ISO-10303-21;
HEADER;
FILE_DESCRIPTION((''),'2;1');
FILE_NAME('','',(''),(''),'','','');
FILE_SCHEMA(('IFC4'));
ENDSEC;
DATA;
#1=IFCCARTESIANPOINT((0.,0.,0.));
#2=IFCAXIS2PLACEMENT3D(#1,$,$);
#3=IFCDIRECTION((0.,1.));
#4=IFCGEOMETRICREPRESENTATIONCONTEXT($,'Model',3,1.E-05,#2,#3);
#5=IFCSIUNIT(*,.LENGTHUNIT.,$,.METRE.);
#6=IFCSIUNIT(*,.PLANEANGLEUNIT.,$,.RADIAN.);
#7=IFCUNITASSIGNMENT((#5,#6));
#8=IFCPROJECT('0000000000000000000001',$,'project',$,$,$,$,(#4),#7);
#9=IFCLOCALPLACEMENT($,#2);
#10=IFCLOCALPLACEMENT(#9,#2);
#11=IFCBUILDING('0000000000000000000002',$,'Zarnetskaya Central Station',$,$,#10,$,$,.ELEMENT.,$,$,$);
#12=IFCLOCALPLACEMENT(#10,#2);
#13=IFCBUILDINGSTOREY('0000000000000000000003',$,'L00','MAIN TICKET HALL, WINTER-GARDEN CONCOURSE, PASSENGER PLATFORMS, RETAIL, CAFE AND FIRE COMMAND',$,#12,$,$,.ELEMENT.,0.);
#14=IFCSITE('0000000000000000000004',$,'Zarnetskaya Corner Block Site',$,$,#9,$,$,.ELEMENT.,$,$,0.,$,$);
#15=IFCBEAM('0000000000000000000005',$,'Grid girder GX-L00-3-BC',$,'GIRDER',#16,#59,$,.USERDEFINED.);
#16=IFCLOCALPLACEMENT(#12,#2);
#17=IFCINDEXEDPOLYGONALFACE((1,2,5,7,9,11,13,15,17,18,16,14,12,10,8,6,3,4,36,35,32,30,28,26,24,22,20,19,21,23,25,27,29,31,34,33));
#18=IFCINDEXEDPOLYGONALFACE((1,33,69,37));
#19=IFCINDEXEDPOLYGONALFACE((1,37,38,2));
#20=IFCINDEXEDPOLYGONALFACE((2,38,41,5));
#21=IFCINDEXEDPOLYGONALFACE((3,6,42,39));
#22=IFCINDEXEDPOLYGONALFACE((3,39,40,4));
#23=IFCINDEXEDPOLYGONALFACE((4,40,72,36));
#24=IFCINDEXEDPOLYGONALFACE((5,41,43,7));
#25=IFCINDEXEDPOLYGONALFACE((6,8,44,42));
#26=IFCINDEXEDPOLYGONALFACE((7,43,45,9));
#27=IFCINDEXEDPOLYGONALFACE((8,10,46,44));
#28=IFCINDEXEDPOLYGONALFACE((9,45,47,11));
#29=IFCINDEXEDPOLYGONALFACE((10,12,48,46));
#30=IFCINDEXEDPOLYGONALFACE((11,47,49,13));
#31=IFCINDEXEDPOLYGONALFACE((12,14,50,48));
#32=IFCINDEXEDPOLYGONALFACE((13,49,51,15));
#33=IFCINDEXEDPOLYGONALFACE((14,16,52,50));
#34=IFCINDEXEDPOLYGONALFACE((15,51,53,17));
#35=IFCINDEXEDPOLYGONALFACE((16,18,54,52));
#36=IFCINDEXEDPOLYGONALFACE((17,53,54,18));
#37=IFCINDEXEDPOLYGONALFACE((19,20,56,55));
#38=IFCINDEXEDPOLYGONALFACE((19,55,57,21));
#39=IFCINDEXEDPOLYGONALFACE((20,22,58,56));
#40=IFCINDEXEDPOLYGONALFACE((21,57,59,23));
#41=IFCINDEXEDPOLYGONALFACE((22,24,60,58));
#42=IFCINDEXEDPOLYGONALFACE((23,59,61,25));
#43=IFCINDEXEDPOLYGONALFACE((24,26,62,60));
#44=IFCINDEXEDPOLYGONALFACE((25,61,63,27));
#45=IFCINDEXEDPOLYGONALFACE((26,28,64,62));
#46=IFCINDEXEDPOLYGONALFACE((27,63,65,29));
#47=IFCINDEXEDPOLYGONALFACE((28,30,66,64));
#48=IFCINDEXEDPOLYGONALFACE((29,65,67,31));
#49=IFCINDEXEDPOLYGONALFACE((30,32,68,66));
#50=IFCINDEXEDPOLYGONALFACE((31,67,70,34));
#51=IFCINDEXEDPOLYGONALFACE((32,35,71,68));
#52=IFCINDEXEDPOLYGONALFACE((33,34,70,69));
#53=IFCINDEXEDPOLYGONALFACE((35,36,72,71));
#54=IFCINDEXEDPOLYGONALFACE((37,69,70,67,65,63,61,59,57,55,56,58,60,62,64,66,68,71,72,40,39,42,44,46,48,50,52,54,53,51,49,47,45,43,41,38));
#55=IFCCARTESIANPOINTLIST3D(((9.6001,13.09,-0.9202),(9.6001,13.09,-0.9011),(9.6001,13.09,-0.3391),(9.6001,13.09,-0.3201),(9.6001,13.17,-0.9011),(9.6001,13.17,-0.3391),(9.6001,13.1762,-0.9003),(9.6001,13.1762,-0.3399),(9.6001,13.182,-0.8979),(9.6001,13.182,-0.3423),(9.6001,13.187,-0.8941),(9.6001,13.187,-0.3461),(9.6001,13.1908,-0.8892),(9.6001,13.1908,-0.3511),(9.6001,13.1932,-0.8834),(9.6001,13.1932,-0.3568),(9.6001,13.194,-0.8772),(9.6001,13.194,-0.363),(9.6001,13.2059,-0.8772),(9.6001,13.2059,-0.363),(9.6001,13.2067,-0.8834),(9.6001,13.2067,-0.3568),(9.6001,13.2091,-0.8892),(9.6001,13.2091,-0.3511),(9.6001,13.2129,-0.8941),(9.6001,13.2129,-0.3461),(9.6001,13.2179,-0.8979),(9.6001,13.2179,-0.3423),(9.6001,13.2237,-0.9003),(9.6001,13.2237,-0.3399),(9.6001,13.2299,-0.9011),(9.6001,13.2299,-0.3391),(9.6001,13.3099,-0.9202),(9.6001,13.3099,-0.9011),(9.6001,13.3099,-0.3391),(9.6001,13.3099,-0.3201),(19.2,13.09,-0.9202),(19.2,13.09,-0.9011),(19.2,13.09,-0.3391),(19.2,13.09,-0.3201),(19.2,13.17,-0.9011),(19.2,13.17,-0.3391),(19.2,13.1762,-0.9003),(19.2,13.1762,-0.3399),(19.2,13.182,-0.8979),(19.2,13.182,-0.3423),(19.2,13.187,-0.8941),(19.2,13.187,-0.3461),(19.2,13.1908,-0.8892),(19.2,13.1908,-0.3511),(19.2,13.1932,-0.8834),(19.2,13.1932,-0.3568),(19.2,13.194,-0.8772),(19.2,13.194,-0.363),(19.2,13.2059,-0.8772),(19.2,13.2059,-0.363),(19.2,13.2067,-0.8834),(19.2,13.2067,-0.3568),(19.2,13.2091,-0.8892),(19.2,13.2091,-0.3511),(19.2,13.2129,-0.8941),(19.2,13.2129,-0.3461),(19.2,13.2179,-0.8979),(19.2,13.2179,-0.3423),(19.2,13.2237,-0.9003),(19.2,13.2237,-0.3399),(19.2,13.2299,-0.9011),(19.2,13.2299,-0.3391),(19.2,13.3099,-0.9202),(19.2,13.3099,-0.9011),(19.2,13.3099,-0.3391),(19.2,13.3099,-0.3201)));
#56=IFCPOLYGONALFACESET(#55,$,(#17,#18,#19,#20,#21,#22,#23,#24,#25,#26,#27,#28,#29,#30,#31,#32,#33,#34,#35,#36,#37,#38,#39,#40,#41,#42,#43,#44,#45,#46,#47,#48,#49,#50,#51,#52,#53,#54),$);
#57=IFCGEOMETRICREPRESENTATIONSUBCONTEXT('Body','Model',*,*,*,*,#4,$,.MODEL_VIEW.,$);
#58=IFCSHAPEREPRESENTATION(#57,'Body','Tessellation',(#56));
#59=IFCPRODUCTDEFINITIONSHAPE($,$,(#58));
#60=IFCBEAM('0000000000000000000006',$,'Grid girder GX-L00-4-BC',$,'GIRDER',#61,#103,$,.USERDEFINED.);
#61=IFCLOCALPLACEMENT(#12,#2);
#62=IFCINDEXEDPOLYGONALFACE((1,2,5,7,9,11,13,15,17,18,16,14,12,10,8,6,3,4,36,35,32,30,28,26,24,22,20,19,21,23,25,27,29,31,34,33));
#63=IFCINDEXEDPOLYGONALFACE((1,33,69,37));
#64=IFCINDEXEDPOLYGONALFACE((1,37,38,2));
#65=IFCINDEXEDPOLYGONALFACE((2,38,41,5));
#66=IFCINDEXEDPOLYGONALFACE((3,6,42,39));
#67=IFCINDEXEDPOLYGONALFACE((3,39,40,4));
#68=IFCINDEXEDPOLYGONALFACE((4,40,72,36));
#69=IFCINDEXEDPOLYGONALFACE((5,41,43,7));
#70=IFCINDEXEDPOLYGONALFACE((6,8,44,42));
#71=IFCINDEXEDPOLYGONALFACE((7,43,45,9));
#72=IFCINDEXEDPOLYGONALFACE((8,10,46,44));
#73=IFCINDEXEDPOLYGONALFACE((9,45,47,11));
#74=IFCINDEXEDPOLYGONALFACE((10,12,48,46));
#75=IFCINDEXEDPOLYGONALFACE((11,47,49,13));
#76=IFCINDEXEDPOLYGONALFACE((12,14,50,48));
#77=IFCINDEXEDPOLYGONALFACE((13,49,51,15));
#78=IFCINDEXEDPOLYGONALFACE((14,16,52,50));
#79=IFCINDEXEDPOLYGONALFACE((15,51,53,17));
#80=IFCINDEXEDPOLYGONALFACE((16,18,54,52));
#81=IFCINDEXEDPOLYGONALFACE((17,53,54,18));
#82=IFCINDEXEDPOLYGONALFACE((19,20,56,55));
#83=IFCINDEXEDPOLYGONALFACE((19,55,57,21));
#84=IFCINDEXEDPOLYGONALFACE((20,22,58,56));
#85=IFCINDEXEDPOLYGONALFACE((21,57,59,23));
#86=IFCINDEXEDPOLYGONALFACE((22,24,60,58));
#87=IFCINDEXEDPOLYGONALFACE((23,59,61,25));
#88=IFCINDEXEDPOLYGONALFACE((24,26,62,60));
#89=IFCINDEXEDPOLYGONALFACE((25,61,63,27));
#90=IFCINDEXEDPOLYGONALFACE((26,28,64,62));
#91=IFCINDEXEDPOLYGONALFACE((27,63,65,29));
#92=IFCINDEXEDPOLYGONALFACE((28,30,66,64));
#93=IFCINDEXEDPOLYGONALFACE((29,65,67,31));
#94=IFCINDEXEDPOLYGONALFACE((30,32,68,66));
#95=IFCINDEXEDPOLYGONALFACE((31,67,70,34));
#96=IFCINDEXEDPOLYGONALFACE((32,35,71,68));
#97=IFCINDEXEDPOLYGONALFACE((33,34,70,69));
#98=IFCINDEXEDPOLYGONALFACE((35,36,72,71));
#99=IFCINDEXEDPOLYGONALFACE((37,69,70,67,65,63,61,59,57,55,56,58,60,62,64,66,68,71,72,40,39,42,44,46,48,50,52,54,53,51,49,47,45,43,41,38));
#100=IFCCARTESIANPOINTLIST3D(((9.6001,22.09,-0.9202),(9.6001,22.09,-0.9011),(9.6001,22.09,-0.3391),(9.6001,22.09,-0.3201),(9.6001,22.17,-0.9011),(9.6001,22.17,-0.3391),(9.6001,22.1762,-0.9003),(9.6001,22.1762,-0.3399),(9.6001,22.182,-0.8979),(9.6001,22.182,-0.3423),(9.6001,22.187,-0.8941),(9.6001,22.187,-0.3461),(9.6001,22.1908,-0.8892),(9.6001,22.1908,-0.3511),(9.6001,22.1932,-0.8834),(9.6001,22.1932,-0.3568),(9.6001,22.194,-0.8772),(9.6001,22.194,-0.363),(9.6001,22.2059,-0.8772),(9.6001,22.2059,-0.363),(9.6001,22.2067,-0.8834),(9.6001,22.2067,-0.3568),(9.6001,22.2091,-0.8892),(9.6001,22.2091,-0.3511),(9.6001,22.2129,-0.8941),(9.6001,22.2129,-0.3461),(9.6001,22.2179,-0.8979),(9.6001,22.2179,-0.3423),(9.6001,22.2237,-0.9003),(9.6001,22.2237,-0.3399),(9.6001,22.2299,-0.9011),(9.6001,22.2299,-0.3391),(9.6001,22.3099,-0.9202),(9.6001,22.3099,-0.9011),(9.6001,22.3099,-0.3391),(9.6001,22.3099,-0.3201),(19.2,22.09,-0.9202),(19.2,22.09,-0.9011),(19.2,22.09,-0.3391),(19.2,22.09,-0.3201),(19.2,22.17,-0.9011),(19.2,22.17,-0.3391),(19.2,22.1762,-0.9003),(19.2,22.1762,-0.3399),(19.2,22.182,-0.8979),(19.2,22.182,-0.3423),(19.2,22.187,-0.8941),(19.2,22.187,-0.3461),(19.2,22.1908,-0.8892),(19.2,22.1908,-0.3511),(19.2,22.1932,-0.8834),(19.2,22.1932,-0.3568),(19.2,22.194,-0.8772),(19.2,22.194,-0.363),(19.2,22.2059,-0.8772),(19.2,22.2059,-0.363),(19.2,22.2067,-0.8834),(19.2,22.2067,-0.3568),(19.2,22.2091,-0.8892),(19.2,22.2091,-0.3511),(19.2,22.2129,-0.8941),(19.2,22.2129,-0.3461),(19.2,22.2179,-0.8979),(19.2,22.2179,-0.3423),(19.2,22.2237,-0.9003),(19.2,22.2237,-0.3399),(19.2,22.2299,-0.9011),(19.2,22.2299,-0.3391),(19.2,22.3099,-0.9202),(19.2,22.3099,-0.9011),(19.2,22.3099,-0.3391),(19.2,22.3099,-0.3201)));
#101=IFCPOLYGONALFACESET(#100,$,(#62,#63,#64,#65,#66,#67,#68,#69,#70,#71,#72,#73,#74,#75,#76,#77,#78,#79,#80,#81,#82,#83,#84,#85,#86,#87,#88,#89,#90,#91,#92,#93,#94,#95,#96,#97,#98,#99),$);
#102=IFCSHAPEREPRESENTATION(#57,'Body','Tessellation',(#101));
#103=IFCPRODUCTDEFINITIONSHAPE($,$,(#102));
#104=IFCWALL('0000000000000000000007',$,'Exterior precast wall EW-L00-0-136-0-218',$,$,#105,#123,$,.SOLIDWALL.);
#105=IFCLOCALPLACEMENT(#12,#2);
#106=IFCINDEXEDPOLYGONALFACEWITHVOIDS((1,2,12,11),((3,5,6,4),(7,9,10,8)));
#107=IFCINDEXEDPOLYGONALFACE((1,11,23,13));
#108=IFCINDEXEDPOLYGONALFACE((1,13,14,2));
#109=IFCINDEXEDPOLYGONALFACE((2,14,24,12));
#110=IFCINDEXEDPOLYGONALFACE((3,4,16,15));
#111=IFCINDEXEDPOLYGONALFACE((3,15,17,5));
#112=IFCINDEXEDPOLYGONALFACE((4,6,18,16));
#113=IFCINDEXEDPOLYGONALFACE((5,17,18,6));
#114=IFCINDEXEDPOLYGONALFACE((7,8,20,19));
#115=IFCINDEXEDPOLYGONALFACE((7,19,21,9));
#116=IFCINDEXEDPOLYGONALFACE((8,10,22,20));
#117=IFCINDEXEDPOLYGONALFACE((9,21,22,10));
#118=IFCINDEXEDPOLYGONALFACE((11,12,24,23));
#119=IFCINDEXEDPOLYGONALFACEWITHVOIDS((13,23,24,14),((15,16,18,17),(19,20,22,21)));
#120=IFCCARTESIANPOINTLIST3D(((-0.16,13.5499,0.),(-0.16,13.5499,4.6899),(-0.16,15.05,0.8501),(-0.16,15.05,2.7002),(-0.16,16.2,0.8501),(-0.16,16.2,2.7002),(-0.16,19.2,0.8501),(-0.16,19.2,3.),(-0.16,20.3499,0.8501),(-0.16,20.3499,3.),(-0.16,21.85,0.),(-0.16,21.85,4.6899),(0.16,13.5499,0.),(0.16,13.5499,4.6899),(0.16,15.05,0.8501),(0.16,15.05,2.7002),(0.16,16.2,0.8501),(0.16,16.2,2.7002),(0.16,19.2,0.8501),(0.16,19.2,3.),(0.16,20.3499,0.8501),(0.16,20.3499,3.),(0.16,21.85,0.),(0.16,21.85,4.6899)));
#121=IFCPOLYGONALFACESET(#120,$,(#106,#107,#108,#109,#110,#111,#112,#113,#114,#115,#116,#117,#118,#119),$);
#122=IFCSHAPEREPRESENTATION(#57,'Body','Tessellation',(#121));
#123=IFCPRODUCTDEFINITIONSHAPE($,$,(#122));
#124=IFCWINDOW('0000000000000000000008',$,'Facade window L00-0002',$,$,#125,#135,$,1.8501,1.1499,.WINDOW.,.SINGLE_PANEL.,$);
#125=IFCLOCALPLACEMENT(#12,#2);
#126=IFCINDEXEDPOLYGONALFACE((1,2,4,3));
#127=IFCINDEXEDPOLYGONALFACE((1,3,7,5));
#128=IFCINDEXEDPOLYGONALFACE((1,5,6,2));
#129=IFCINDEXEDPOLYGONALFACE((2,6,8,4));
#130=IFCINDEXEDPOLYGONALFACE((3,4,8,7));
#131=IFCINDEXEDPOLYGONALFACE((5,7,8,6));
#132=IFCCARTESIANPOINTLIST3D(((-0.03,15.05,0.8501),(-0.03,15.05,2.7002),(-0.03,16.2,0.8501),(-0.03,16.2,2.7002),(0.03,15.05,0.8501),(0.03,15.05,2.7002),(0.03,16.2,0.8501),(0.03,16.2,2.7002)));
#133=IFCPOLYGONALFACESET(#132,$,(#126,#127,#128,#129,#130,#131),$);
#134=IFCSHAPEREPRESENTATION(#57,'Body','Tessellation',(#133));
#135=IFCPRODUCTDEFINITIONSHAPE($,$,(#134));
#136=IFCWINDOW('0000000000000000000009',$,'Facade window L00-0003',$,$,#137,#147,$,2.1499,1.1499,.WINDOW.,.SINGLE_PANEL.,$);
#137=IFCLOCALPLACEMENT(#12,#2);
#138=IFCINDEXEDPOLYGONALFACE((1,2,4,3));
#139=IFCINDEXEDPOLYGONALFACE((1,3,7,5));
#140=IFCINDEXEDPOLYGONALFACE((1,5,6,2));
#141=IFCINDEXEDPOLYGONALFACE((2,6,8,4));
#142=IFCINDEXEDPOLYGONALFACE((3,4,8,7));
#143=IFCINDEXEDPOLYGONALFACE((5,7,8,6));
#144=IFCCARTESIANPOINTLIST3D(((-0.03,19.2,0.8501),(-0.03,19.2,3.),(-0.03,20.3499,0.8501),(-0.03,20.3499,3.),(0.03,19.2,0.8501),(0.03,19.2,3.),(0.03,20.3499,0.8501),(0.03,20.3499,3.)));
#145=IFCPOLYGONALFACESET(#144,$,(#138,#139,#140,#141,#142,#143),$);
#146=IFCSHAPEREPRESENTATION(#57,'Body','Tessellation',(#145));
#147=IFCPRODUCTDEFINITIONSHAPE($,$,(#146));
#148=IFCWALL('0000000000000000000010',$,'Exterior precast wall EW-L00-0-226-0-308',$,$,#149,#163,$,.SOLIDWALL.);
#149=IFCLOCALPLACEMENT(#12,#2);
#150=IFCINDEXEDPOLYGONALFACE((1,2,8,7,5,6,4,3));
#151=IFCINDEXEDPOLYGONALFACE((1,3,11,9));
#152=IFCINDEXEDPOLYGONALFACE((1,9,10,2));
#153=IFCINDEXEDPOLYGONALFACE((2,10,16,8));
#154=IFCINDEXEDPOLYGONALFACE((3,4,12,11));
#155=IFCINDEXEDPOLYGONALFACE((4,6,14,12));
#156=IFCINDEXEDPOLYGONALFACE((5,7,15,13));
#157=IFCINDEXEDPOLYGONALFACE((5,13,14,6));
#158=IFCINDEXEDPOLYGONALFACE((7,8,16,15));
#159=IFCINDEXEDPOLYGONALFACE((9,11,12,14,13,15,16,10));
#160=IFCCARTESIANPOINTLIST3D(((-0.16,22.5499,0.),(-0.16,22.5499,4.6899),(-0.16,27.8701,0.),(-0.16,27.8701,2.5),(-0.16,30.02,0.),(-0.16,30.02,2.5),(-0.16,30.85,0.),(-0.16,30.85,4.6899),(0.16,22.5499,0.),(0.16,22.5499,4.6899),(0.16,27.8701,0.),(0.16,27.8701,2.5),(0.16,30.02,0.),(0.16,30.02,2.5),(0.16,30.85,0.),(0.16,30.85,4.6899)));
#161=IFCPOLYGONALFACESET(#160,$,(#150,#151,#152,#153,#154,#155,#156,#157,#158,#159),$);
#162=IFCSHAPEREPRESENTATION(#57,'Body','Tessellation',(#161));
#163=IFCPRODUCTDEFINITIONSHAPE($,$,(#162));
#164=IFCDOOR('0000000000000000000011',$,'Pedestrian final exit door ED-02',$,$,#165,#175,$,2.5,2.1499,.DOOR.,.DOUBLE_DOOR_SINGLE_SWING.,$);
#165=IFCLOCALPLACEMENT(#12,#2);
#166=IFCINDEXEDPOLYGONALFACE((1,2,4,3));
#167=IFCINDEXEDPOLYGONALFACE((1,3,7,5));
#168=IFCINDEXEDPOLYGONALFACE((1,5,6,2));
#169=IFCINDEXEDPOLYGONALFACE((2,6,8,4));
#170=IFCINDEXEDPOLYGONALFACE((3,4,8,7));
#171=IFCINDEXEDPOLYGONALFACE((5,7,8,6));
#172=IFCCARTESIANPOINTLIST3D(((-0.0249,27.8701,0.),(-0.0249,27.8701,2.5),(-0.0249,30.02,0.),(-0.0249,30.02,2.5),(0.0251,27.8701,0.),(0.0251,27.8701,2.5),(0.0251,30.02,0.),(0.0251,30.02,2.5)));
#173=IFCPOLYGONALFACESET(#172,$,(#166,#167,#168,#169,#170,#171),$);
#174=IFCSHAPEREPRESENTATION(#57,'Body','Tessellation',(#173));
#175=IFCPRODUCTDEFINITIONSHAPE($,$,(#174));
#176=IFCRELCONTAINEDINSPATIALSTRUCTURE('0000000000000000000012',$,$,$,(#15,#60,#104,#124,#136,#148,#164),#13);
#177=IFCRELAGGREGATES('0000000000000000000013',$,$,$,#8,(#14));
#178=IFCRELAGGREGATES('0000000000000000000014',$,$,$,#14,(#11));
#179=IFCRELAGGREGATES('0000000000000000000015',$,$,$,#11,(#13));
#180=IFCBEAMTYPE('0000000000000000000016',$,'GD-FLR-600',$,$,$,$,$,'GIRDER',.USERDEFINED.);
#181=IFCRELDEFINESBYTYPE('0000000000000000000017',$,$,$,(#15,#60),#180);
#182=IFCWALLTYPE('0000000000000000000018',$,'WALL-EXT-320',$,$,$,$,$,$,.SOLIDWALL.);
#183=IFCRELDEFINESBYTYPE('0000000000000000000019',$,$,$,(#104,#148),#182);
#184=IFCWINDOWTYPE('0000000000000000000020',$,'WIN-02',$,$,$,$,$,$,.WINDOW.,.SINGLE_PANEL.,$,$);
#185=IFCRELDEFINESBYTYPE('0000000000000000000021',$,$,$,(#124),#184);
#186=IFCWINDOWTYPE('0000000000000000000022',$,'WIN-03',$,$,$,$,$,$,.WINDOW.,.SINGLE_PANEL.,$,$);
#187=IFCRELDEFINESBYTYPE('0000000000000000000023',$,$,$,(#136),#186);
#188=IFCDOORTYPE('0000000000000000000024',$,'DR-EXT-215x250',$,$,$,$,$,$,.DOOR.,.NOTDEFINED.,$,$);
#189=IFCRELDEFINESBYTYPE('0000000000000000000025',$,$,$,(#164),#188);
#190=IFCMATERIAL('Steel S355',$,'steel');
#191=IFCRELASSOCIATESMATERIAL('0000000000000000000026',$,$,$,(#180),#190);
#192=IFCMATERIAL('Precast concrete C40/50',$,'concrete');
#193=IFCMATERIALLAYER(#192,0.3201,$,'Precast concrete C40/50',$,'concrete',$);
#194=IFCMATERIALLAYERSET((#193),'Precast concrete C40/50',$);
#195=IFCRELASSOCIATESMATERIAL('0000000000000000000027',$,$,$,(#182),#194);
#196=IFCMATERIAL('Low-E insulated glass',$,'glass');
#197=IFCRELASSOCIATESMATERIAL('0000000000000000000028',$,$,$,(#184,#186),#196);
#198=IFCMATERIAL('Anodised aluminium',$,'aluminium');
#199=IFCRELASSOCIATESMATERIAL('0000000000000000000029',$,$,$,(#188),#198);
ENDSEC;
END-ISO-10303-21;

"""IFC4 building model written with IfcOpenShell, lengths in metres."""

from ifc_helpers import new_model, si_unit, direction, frame, frame_2d, origin, origin_2d, place, context, subcontext, project, spatial, rectangle, i_section, extrude, material, layer, layer_set, material_profile, profile_set, type_object, element, fill, save


model = new_model("IFC4")

# Units and contexts
model_context = context("Model", 3, precision=1e-05, world=origin(), true_north=direction((0.0, 1.0)))
body_context = subcontext(model_context, "Body", "Model", "MODEL_VIEW")
ifc_project = project(units=[si_unit("LENGTHUNIT", "METRE"), si_unit("PLANEANGLEUNIT", "RADIAN")], contexts=[model_context])

# Site, building, storey
site_placement = place(None, origin())
site = spatial("IfcSite", under=ifc_project, at=site_placement, Name="Zarnetskaya Corner Block Site", CompositionType="ELEMENT", RefElevation=0.0)
building_placement = place(site_placement, origin())
building = spatial("IfcBuilding", under=site, at=building_placement, Name="Zarnetskaya Central Station", CompositionType="ELEMENT")
storey_placement = place(building_placement, origin())
storey = spatial("IfcBuildingStorey", under=building, at=storey_placement, Name="L00", Description="MAIN TICKET HALL, WINTER-GARDEN CONCOURSE, PASSENGER PLATFORMS, RETAIL, CAFE AND FIRE COMMAND", CompositionType="ELEMENT", Elevation=0.0)

# Shared definitions
ifc_material_1 = material(Name="Steel S355", Category="steel")

# Beams
ifc_material_profile_1 = material_profile(ifc_material_1, i_section(OverallWidth=0.22, OverallDepth=0.6001, WebThickness=0.012, FlangeThickness=0.019, FilletRadius=0.0239, at=origin_2d()), Name="IPE 600")
ifc_profile_set_1 = profile_set([ifc_material_profile_1], Name="Steel S355")
beam_type_1 = type_object("IfcBeamType", Name="GD-FLR-600", ElementType="GIRDER", PredefinedType="USERDEFINED", material=ifc_profile_set_1)
for number, where, z_axis, x_axis, name in (
    (1, (9.6001, 13.2, -0.6201), (1.0, 0.0, 0.0), (0.0, 1.0, 0.0), "Grid girder GX-L00-3-BC"),
    (2, (9.6001, 22.2, -0.6201), (1.0, 0.0, 0.0), (0.0, 1.0, 0.0), "Grid girder GX-L00-4-BC"),
):
    element("IfcBeam", number, at=place(storey_placement, frame(where, z_axis=z_axis, x_axis=x_axis)), inside=storey, type_object=beam_type_1, Name=name, ObjectType="GIRDER", PredefinedType="USERDEFINED", context=body_context, shape_type="SweptSolid", body=[
        extrude(i_section(OverallWidth=0.22, OverallDepth=0.6001, WebThickness=0.012, FlangeThickness=0.019, FilletRadius=0.0239, at=origin_2d()), origin(), (0.0, 0.0, 1.0), 9.5999),
    ])

# Shared definitions
ifc_material_2 = material(Name="Anodised aluminium", Category="aluminium")

# Wall, openings, windows
ifc_material_3 = material(Name="Precast concrete C40/50", Category="concrete")
ifc_layer_1 = layer(ifc_material_3, 0.3201, Name="Precast concrete C40/50", Category="concrete")
ifc_layer_set_1 = layer_set([ifc_layer_1], Name="Precast concrete C40/50")
wall_type_1 = type_object("IfcWallType", Name="WALL-EXT-320", PredefinedType="SOLIDWALL", material=ifc_layer_set_1)
wall_1_placement = place(storey_placement, frame((0.0, 13.55, 0.0), z_axis=(0.0, 0.0, 1.0), x_axis=(0.0, 1.0, 0.0)))
wall_1 = element("IfcWall", 3, at=wall_1_placement, inside=storey, type_object=wall_type_1, Name="Exterior precast wall EW-L00-0-136-0-218", PredefinedType="SOLIDWALL", context=body_context, shape_type="SweptSolid", body=[
    extrude(rectangle(XDim=8.3, YDim=0.3201, at=frame_2d((4.1499, 0.0))), origin(), (0.0, 0.0, 1.0), 4.6899),
])
opening_1_placement = place(wall_1_placement, frame((1.5, 0.0, 0.8501)))
opening_1 = element("IfcOpeningElement", 4, at=opening_1_placement, cuts=wall_1, PredefinedType="OPENING", context=body_context, shape_type="SweptSolid", body=[
    extrude(rectangle(XDim=1.1499, YDim=1.8501, at=frame_2d((0.575, 0.925))), frame((0.0, 0.1699, 0.0), z_axis=(0.0, -1.0, 0.0), x_axis=(1.0, 0.0, 0.0)), (0.0, 0.0, 1.0), 0.3401),
])
opening_2_placement = place(wall_1_placement, frame((5.6499, 0.0, 0.8501)))
opening_2 = element("IfcOpeningElement", 5, at=opening_2_placement, cuts=wall_1, PredefinedType="OPENING", context=body_context, shape_type="SweptSolid", body=[
    extrude(rectangle(XDim=1.1499, YDim=2.1499, at=frame_2d((0.575, 1.075))), frame((0.0, 0.1699, 0.0), z_axis=(0.0, -1.0, 0.0), x_axis=(1.0, 0.0, 0.0)), (0.0, 0.0, 1.0), 0.3401),
])
ifc_material_4 = material(Name="Low-E insulated glass", Category="glass")
window_type_1 = type_object("IfcWindowType", Name="WIN-02", PartitioningType="SINGLE_PANEL", PredefinedType="WINDOW", material=ifc_material_4)
window_1_placement = place(opening_1_placement, origin())
window_1 = element("IfcWindow", 6, at=window_1_placement, inside=storey, type_object=window_type_1, Name="Facade window L00-0002", OverallHeight=1.8501, OverallWidth=1.1499, PartitioningType="SINGLE_PANEL", PredefinedType="WINDOW", context=body_context, shape_type="SweptSolid", body=[
    extrude(rectangle(XDim=1.1499, YDim=1.8501, at=frame_2d((0.575, 0.925))), frame((0.0, 0.03, 0.0), z_axis=(0.0, -1.0, 0.0), x_axis=(1.0, 0.0, 0.0)), (0.0, 0.0, 1.0), 0.0601),
])
fill(opening_1, window_1)
window_type_2 = type_object("IfcWindowType", Name="WIN-03", PartitioningType="SINGLE_PANEL", PredefinedType="WINDOW", material=ifc_material_4)
window_2_placement = place(opening_2_placement, origin())
window_2 = element("IfcWindow", 7, at=window_2_placement, inside=storey, type_object=window_type_2, Name="Facade window L00-0003", OverallHeight=2.1499, OverallWidth=1.1499, PartitioningType="SINGLE_PANEL", PredefinedType="WINDOW", context=body_context, shape_type="SweptSolid", body=[
    extrude(rectangle(XDim=1.1499, YDim=2.1499, at=frame_2d((0.575, 1.075))), frame((0.0, 0.03, 0.0), z_axis=(0.0, -1.0, 0.0), x_axis=(1.0, 0.0, 0.0)), (0.0, 0.0, 1.0), 0.0601),
])
fill(opening_2, window_2)

# Wall, opening, door
wall_2_placement = place(storey_placement, frame((0.0, 22.55, 0.0), z_axis=(0.0, 0.0, 1.0), x_axis=(0.0, 1.0, 0.0)))
wall_2 = element("IfcWall", 8, at=wall_2_placement, inside=storey, type_object=wall_type_1, Name="Exterior precast wall EW-L00-0-226-0-308", PredefinedType="SOLIDWALL", context=body_context, shape_type="SweptSolid", body=[
    extrude(rectangle(XDim=8.3, YDim=0.3201, at=frame_2d((4.1499, 0.0))), origin(), (0.0, 0.0, 1.0), 4.6899),
])
opening_3_placement = place(wall_2_placement, frame((5.3201, 0.0, 0.0)))
opening_3 = element("IfcOpeningElement", 9, at=opening_3_placement, cuts=wall_2, PredefinedType="OPENING", context=body_context, shape_type="SweptSolid", body=[
    extrude(rectangle(XDim=2.1499, YDim=2.5, at=frame_2d((1.075, 1.25))), frame((0.0, 0.1699, 0.0), z_axis=(0.0, -1.0, 0.0), x_axis=(1.0, 0.0, 0.0)), (0.0, 0.0, 1.0), 0.3401),
])
door_type_1 = type_object("IfcDoorType", Name="DR-EXT-215x250", OperationType="NOTDEFINED", PredefinedType="DOOR", material=ifc_material_2)
door_1_placement = place(opening_3_placement, origin())
door_1 = element("IfcDoor", 10, at=door_1_placement, inside=storey, type_object=door_type_1, Name="Pedestrian final exit door ED-02", OperationType="DOUBLE_DOOR_SINGLE_SWING", OverallHeight=2.5, OverallWidth=2.1499, PredefinedType="DOOR", context=body_context, shape_type="SweptSolid", body=[
    extrude(rectangle(XDim=2.1499, YDim=2.5, at=frame_2d((1.075, 1.25))), frame((0.0, 0.0249, 0.0), z_axis=(0.0, -1.0, 0.0), x_axis=(1.0, 0.0, 0.0)), (0.0, 0.0, 1.0), 0.05),
])
fill(opening_3, door_1)

save(model, "model.ifc")
